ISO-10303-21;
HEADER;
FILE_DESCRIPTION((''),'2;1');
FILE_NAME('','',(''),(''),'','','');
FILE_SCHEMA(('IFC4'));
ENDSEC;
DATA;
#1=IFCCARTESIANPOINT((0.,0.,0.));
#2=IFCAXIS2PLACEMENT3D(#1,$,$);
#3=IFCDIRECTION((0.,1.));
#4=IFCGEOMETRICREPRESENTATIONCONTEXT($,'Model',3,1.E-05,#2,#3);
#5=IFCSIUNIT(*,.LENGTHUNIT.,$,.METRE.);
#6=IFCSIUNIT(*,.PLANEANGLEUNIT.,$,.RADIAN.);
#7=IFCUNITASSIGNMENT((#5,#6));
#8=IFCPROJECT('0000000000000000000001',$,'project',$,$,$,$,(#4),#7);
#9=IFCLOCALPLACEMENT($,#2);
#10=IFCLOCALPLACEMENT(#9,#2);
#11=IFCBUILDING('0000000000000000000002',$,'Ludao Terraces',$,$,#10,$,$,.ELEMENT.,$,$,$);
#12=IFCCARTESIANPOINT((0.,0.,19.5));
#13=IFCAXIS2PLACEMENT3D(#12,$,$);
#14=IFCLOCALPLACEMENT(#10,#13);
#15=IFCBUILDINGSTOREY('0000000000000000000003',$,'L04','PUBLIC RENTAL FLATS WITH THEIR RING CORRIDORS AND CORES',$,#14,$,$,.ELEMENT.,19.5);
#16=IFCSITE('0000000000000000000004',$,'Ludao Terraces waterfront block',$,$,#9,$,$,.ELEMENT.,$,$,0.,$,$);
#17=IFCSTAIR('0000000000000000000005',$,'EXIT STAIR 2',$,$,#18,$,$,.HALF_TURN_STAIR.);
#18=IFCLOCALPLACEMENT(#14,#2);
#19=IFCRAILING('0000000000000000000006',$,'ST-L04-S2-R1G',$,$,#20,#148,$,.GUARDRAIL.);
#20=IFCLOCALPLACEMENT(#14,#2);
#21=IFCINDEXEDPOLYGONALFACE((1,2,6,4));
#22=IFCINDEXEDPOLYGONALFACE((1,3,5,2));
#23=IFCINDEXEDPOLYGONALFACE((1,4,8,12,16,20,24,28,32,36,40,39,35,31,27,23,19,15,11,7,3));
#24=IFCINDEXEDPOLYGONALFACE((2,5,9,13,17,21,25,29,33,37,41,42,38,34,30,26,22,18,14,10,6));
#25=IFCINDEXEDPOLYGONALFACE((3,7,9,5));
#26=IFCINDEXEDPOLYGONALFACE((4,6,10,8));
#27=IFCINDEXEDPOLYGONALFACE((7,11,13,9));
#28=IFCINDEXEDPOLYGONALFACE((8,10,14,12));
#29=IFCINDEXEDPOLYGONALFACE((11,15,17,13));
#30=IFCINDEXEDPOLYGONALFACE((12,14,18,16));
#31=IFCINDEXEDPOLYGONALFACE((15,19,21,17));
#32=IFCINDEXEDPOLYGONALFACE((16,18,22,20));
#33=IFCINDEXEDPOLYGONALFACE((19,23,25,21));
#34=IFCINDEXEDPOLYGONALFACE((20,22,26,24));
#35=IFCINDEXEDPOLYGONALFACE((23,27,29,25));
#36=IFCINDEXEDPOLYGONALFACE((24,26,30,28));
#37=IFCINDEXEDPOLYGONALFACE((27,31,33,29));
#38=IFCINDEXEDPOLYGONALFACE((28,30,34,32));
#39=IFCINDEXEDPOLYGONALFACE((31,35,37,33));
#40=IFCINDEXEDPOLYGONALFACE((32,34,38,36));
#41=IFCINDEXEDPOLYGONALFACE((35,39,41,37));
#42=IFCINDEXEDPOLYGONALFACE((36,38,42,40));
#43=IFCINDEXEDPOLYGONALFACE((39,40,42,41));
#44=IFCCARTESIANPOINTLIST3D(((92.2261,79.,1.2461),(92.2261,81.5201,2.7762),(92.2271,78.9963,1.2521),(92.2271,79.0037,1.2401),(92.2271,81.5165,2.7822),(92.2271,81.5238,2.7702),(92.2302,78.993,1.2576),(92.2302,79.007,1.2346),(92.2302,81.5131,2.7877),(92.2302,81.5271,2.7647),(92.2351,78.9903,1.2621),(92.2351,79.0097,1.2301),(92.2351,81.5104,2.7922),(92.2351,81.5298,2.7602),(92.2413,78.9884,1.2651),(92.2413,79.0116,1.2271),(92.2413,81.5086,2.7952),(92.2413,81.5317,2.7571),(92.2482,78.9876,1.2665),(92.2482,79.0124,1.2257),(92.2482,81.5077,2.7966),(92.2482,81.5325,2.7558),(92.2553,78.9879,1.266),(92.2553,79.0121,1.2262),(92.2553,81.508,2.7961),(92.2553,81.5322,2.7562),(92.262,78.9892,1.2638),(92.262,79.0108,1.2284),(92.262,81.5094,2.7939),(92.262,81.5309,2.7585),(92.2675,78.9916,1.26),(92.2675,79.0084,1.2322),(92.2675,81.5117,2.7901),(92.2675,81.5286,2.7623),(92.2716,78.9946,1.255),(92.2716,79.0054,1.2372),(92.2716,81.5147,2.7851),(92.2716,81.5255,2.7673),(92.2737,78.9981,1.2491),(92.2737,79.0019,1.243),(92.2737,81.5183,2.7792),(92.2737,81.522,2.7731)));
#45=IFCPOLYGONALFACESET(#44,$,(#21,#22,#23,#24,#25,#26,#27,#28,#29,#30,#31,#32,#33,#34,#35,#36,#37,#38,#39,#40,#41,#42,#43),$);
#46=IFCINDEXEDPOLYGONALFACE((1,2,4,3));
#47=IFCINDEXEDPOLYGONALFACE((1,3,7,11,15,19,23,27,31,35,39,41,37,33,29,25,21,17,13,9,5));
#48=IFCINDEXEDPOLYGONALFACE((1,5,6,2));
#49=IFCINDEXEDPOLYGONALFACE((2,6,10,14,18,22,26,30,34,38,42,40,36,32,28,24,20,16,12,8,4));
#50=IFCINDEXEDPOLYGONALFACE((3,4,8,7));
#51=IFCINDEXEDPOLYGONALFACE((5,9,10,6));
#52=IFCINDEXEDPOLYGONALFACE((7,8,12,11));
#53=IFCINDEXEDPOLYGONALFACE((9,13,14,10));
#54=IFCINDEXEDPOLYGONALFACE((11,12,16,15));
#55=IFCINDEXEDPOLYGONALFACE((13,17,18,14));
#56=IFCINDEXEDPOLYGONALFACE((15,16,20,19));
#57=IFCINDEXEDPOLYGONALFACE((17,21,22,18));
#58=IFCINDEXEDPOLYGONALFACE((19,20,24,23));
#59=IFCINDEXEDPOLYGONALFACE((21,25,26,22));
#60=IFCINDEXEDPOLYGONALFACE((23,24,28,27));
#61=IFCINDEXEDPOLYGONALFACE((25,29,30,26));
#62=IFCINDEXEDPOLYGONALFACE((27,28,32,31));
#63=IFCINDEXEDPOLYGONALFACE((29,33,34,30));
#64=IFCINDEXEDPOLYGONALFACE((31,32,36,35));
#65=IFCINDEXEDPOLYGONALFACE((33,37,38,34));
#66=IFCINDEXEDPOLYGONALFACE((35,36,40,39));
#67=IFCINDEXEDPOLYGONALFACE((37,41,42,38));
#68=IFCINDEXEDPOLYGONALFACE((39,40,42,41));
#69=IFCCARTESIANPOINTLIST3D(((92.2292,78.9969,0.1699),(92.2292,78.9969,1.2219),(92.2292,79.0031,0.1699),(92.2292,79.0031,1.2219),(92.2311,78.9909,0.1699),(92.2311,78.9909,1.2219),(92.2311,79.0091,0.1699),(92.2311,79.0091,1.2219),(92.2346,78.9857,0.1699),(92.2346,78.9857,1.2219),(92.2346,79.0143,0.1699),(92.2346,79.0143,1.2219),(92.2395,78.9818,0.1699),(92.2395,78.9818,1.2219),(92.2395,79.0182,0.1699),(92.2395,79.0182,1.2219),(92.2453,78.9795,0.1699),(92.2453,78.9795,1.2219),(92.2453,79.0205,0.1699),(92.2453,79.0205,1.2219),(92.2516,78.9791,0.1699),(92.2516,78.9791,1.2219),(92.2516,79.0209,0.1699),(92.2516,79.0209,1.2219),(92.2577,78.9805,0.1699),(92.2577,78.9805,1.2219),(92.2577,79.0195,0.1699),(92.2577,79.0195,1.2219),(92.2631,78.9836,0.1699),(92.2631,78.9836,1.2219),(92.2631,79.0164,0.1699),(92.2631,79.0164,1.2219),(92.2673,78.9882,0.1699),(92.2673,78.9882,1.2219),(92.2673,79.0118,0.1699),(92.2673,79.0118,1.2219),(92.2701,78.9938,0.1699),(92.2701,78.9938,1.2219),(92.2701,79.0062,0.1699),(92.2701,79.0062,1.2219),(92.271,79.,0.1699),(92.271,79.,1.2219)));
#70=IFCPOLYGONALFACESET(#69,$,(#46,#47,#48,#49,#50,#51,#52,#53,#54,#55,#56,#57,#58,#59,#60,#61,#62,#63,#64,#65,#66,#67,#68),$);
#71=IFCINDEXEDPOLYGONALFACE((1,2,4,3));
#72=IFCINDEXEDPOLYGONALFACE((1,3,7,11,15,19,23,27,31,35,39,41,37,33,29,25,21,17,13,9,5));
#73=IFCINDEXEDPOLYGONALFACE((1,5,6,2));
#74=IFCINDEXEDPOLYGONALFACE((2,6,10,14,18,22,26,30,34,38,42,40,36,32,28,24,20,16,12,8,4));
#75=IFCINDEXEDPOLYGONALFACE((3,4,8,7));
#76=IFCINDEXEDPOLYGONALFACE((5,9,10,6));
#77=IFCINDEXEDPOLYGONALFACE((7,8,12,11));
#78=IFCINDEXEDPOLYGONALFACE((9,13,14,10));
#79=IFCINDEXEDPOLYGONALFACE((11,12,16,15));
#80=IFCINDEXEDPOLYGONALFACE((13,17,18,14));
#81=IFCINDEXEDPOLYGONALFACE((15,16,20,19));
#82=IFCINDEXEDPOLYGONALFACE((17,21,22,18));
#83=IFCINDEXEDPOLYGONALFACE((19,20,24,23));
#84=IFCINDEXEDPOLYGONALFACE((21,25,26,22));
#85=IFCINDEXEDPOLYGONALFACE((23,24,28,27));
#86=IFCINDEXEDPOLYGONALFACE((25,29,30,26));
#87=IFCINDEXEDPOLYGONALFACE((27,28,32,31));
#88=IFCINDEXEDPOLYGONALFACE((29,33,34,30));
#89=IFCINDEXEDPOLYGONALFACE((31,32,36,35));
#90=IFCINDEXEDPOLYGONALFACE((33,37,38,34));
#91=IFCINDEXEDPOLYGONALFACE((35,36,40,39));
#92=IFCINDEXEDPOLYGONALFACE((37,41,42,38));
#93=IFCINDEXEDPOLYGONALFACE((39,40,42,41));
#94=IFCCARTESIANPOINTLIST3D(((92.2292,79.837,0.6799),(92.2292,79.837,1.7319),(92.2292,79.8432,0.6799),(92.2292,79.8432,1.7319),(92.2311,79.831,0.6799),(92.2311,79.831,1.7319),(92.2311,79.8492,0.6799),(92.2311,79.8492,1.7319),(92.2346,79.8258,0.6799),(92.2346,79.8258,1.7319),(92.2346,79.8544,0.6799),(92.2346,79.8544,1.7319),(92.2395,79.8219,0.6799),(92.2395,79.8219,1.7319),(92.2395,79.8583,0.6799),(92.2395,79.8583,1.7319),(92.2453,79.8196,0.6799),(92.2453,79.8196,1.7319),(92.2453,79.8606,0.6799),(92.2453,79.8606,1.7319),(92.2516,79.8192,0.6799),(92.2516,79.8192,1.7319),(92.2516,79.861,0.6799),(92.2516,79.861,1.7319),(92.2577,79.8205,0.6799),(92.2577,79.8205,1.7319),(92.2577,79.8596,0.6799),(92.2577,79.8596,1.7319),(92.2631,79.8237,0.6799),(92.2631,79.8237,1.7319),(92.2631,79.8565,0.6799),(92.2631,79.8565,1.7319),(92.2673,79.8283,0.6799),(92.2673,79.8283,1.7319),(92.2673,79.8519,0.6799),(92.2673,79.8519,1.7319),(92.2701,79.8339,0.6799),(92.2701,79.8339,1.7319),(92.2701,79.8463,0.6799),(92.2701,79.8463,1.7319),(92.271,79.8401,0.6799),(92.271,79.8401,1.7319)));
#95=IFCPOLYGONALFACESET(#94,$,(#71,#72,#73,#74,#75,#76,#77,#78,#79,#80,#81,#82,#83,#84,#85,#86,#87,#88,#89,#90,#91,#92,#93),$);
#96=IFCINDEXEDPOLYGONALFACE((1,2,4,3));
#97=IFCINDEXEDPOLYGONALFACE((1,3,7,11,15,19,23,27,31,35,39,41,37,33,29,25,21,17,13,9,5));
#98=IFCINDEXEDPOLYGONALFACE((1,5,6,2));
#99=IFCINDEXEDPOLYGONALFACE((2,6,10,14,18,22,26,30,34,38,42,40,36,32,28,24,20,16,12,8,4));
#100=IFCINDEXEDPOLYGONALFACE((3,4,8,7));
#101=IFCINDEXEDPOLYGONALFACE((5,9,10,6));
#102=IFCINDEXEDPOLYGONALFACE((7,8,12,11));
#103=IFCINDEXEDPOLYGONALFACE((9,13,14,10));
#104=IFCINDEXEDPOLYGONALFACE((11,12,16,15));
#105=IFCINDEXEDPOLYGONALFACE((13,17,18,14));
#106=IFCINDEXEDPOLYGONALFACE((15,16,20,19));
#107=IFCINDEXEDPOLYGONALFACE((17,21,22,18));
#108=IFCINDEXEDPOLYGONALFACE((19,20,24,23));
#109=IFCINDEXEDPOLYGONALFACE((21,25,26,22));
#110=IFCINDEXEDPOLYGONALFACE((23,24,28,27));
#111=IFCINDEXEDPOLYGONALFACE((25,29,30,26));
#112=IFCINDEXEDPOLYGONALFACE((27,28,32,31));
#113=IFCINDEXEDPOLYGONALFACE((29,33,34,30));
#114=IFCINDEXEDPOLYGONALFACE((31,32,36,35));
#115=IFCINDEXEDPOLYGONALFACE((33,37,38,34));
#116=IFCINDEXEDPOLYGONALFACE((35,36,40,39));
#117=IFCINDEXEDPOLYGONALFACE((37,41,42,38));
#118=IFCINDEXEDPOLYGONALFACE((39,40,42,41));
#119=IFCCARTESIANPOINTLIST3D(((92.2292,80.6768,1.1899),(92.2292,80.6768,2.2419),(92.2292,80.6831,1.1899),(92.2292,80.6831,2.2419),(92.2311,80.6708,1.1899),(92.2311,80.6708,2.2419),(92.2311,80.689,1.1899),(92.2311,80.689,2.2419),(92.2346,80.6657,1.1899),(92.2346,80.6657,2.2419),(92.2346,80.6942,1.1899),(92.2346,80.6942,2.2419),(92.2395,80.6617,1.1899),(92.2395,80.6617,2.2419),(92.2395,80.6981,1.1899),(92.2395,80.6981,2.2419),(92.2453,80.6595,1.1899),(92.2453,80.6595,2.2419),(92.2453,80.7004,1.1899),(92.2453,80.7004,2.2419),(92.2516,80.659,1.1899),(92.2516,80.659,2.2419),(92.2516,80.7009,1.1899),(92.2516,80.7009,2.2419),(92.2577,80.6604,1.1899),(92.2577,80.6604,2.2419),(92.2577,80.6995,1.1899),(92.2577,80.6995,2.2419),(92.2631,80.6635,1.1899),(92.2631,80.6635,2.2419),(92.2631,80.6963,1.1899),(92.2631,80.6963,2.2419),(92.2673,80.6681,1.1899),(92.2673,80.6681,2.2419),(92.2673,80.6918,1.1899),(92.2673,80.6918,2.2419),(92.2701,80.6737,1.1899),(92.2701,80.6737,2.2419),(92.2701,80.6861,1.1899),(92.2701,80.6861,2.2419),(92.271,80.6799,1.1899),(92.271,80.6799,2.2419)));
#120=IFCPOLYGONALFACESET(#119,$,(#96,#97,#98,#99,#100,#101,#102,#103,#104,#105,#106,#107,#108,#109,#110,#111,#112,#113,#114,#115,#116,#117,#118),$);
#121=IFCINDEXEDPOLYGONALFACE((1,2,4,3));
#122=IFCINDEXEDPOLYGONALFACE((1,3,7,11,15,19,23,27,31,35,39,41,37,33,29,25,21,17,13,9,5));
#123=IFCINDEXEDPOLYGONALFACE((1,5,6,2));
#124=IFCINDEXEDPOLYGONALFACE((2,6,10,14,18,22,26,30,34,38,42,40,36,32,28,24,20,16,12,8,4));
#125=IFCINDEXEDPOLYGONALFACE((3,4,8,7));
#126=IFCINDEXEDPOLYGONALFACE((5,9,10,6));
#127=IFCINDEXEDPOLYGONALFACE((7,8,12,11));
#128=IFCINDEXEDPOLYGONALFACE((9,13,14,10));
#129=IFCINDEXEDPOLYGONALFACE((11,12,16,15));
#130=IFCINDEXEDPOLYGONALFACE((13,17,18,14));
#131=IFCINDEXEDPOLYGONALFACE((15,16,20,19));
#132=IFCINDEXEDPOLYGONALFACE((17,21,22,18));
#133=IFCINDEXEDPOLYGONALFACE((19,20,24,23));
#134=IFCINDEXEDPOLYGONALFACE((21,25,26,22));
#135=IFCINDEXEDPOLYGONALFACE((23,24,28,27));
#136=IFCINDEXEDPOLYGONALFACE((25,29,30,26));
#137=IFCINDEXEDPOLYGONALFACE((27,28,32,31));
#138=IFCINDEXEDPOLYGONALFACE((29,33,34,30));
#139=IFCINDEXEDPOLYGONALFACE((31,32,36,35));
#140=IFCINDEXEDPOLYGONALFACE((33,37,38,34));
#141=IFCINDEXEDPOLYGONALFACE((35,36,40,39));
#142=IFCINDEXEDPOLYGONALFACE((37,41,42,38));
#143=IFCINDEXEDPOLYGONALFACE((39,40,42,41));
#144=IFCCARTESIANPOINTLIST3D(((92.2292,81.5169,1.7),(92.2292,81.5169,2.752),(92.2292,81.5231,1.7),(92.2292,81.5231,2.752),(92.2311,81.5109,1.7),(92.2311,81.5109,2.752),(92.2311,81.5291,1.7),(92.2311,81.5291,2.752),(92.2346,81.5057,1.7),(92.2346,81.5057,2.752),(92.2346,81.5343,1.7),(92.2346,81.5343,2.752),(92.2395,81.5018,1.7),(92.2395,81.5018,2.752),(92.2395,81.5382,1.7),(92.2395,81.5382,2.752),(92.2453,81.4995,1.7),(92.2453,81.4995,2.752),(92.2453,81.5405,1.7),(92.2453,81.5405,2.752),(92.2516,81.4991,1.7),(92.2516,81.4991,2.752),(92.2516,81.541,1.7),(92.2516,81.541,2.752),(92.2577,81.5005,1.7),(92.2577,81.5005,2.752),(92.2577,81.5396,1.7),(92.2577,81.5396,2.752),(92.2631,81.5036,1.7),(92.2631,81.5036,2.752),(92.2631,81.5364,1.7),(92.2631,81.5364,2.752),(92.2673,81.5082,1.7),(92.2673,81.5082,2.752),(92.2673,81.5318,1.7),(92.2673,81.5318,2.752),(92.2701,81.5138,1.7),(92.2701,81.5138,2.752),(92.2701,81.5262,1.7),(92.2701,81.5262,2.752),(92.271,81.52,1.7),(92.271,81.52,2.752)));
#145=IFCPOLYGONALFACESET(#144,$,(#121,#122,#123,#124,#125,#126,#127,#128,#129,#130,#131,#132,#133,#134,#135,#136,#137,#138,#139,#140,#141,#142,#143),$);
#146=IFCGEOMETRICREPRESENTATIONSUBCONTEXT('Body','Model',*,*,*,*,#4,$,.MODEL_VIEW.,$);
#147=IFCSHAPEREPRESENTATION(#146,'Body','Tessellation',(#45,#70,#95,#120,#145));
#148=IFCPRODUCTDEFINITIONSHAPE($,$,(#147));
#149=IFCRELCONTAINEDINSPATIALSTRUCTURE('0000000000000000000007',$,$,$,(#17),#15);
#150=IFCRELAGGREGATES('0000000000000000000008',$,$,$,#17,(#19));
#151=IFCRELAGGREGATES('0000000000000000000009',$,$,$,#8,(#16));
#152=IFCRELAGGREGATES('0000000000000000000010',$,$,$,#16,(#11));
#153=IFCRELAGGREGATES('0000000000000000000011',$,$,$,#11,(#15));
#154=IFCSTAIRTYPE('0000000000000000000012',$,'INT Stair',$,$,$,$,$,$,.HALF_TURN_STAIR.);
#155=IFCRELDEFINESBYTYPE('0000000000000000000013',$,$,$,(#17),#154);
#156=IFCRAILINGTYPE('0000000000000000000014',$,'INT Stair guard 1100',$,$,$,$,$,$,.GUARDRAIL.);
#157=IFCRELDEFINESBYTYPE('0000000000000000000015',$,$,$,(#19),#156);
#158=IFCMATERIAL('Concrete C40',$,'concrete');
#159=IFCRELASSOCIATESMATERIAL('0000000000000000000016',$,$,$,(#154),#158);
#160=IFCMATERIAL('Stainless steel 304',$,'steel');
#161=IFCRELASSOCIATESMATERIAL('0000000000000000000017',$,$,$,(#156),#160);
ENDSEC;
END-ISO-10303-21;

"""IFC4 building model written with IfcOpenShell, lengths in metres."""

from ifc_helpers import new_model, si_unit, direction, frame, origin, origin_2d, place, context, subcontext, project, spatial, circle, extrude, material, type_object, element, aggregate, save


model = new_model("IFC4")

# Units and contexts
model_context = context("Model", 3, precision=1e-05, world=origin(), true_north=direction((0.0, 1.0)))
body_context = subcontext(model_context, "Body", "Model", "MODEL_VIEW")
ifc_project = project(units=[si_unit("LENGTHUNIT", "METRE"), si_unit("PLANEANGLEUNIT", "RADIAN")], contexts=[model_context])

# Site, building, storey
site_placement = place(None, origin())
site = spatial("IfcSite", under=ifc_project, at=site_placement, Name="Ludao Terraces waterfront block", CompositionType="ELEMENT", RefElevation=0.0)
building_placement = place(site_placement, origin())
building = spatial("IfcBuilding", under=site, at=building_placement, Name="Ludao Terraces", CompositionType="ELEMENT")
storey_placement = place(building_placement, frame((0.0, 0.0, 19.5)))
storey = spatial("IfcBuildingStorey", under=building, at=storey_placement, Name="L04", Description="PUBLIC RENTAL FLATS WITH THEIR RING CORRIDORS AND CORES", CompositionType="ELEMENT", Elevation=19.5)

# Shared definitions
ifc_material_1 = material(Name="Stainless steel 304", Category="steel")

# Stair, railing
ifc_material_2 = material(Name="Concrete C40", Category="concrete")
stair_type = type_object("IfcStairType", Name="INT Stair", PredefinedType="HALF_TURN_STAIR", material=ifc_material_2)
stair_placement = place(storey_placement, origin())
stair = element("IfcStair", 1, at=stair_placement, inside=storey, type_object=stair_type, Name="EXIT STAIR 2", PredefinedType="HALF_TURN_STAIR")
railing_type_1 = type_object("IfcRailingType", Name="INT Stair guard 1100", PredefinedType="GUARDRAIL", material=ifc_material_1)
railing_1_placement = place(storey_placement, frame((92.25, 79.0, 0.1699)))
railing_1 = element("IfcRailing", 2, at=railing_1_placement, type_object=railing_type_1, Name="ST-L04-S2-R1G", PredefinedType="GUARDRAIL", context=body_context, shape_type="SweptSolid", body=[
    extrude(circle(Radius=0.0239, at=origin_2d()), frame((0.0, 0.0, 1.0762), z_axis=(0.0, 0.854785, 0.518982), x_axis=(-1.0, 0.0, 0.0)), (0.0, 0.0, 1.0), 2.9482),
    extrude(circle(Radius=0.021, at=origin_2d()), origin(), (0.0, 0.0, 1.0), 1.052),
    extrude(circle(Radius=0.021, at=origin_2d()), frame((0.0, 0.8401, 0.51)), (0.0, 0.0, 1.0), 1.052),
    extrude(circle(Radius=0.021, at=origin_2d()), frame((0.0, 1.6799, 1.02)), (0.0, 0.0, 1.0), 1.052),
    extrude(circle(Radius=0.021, at=origin_2d()), frame((0.0, 2.52, 1.53)), (0.0, 0.0, 1.0), 1.052),
])
aggregate(stair, [railing_1])

save(model, "model.ifc")
